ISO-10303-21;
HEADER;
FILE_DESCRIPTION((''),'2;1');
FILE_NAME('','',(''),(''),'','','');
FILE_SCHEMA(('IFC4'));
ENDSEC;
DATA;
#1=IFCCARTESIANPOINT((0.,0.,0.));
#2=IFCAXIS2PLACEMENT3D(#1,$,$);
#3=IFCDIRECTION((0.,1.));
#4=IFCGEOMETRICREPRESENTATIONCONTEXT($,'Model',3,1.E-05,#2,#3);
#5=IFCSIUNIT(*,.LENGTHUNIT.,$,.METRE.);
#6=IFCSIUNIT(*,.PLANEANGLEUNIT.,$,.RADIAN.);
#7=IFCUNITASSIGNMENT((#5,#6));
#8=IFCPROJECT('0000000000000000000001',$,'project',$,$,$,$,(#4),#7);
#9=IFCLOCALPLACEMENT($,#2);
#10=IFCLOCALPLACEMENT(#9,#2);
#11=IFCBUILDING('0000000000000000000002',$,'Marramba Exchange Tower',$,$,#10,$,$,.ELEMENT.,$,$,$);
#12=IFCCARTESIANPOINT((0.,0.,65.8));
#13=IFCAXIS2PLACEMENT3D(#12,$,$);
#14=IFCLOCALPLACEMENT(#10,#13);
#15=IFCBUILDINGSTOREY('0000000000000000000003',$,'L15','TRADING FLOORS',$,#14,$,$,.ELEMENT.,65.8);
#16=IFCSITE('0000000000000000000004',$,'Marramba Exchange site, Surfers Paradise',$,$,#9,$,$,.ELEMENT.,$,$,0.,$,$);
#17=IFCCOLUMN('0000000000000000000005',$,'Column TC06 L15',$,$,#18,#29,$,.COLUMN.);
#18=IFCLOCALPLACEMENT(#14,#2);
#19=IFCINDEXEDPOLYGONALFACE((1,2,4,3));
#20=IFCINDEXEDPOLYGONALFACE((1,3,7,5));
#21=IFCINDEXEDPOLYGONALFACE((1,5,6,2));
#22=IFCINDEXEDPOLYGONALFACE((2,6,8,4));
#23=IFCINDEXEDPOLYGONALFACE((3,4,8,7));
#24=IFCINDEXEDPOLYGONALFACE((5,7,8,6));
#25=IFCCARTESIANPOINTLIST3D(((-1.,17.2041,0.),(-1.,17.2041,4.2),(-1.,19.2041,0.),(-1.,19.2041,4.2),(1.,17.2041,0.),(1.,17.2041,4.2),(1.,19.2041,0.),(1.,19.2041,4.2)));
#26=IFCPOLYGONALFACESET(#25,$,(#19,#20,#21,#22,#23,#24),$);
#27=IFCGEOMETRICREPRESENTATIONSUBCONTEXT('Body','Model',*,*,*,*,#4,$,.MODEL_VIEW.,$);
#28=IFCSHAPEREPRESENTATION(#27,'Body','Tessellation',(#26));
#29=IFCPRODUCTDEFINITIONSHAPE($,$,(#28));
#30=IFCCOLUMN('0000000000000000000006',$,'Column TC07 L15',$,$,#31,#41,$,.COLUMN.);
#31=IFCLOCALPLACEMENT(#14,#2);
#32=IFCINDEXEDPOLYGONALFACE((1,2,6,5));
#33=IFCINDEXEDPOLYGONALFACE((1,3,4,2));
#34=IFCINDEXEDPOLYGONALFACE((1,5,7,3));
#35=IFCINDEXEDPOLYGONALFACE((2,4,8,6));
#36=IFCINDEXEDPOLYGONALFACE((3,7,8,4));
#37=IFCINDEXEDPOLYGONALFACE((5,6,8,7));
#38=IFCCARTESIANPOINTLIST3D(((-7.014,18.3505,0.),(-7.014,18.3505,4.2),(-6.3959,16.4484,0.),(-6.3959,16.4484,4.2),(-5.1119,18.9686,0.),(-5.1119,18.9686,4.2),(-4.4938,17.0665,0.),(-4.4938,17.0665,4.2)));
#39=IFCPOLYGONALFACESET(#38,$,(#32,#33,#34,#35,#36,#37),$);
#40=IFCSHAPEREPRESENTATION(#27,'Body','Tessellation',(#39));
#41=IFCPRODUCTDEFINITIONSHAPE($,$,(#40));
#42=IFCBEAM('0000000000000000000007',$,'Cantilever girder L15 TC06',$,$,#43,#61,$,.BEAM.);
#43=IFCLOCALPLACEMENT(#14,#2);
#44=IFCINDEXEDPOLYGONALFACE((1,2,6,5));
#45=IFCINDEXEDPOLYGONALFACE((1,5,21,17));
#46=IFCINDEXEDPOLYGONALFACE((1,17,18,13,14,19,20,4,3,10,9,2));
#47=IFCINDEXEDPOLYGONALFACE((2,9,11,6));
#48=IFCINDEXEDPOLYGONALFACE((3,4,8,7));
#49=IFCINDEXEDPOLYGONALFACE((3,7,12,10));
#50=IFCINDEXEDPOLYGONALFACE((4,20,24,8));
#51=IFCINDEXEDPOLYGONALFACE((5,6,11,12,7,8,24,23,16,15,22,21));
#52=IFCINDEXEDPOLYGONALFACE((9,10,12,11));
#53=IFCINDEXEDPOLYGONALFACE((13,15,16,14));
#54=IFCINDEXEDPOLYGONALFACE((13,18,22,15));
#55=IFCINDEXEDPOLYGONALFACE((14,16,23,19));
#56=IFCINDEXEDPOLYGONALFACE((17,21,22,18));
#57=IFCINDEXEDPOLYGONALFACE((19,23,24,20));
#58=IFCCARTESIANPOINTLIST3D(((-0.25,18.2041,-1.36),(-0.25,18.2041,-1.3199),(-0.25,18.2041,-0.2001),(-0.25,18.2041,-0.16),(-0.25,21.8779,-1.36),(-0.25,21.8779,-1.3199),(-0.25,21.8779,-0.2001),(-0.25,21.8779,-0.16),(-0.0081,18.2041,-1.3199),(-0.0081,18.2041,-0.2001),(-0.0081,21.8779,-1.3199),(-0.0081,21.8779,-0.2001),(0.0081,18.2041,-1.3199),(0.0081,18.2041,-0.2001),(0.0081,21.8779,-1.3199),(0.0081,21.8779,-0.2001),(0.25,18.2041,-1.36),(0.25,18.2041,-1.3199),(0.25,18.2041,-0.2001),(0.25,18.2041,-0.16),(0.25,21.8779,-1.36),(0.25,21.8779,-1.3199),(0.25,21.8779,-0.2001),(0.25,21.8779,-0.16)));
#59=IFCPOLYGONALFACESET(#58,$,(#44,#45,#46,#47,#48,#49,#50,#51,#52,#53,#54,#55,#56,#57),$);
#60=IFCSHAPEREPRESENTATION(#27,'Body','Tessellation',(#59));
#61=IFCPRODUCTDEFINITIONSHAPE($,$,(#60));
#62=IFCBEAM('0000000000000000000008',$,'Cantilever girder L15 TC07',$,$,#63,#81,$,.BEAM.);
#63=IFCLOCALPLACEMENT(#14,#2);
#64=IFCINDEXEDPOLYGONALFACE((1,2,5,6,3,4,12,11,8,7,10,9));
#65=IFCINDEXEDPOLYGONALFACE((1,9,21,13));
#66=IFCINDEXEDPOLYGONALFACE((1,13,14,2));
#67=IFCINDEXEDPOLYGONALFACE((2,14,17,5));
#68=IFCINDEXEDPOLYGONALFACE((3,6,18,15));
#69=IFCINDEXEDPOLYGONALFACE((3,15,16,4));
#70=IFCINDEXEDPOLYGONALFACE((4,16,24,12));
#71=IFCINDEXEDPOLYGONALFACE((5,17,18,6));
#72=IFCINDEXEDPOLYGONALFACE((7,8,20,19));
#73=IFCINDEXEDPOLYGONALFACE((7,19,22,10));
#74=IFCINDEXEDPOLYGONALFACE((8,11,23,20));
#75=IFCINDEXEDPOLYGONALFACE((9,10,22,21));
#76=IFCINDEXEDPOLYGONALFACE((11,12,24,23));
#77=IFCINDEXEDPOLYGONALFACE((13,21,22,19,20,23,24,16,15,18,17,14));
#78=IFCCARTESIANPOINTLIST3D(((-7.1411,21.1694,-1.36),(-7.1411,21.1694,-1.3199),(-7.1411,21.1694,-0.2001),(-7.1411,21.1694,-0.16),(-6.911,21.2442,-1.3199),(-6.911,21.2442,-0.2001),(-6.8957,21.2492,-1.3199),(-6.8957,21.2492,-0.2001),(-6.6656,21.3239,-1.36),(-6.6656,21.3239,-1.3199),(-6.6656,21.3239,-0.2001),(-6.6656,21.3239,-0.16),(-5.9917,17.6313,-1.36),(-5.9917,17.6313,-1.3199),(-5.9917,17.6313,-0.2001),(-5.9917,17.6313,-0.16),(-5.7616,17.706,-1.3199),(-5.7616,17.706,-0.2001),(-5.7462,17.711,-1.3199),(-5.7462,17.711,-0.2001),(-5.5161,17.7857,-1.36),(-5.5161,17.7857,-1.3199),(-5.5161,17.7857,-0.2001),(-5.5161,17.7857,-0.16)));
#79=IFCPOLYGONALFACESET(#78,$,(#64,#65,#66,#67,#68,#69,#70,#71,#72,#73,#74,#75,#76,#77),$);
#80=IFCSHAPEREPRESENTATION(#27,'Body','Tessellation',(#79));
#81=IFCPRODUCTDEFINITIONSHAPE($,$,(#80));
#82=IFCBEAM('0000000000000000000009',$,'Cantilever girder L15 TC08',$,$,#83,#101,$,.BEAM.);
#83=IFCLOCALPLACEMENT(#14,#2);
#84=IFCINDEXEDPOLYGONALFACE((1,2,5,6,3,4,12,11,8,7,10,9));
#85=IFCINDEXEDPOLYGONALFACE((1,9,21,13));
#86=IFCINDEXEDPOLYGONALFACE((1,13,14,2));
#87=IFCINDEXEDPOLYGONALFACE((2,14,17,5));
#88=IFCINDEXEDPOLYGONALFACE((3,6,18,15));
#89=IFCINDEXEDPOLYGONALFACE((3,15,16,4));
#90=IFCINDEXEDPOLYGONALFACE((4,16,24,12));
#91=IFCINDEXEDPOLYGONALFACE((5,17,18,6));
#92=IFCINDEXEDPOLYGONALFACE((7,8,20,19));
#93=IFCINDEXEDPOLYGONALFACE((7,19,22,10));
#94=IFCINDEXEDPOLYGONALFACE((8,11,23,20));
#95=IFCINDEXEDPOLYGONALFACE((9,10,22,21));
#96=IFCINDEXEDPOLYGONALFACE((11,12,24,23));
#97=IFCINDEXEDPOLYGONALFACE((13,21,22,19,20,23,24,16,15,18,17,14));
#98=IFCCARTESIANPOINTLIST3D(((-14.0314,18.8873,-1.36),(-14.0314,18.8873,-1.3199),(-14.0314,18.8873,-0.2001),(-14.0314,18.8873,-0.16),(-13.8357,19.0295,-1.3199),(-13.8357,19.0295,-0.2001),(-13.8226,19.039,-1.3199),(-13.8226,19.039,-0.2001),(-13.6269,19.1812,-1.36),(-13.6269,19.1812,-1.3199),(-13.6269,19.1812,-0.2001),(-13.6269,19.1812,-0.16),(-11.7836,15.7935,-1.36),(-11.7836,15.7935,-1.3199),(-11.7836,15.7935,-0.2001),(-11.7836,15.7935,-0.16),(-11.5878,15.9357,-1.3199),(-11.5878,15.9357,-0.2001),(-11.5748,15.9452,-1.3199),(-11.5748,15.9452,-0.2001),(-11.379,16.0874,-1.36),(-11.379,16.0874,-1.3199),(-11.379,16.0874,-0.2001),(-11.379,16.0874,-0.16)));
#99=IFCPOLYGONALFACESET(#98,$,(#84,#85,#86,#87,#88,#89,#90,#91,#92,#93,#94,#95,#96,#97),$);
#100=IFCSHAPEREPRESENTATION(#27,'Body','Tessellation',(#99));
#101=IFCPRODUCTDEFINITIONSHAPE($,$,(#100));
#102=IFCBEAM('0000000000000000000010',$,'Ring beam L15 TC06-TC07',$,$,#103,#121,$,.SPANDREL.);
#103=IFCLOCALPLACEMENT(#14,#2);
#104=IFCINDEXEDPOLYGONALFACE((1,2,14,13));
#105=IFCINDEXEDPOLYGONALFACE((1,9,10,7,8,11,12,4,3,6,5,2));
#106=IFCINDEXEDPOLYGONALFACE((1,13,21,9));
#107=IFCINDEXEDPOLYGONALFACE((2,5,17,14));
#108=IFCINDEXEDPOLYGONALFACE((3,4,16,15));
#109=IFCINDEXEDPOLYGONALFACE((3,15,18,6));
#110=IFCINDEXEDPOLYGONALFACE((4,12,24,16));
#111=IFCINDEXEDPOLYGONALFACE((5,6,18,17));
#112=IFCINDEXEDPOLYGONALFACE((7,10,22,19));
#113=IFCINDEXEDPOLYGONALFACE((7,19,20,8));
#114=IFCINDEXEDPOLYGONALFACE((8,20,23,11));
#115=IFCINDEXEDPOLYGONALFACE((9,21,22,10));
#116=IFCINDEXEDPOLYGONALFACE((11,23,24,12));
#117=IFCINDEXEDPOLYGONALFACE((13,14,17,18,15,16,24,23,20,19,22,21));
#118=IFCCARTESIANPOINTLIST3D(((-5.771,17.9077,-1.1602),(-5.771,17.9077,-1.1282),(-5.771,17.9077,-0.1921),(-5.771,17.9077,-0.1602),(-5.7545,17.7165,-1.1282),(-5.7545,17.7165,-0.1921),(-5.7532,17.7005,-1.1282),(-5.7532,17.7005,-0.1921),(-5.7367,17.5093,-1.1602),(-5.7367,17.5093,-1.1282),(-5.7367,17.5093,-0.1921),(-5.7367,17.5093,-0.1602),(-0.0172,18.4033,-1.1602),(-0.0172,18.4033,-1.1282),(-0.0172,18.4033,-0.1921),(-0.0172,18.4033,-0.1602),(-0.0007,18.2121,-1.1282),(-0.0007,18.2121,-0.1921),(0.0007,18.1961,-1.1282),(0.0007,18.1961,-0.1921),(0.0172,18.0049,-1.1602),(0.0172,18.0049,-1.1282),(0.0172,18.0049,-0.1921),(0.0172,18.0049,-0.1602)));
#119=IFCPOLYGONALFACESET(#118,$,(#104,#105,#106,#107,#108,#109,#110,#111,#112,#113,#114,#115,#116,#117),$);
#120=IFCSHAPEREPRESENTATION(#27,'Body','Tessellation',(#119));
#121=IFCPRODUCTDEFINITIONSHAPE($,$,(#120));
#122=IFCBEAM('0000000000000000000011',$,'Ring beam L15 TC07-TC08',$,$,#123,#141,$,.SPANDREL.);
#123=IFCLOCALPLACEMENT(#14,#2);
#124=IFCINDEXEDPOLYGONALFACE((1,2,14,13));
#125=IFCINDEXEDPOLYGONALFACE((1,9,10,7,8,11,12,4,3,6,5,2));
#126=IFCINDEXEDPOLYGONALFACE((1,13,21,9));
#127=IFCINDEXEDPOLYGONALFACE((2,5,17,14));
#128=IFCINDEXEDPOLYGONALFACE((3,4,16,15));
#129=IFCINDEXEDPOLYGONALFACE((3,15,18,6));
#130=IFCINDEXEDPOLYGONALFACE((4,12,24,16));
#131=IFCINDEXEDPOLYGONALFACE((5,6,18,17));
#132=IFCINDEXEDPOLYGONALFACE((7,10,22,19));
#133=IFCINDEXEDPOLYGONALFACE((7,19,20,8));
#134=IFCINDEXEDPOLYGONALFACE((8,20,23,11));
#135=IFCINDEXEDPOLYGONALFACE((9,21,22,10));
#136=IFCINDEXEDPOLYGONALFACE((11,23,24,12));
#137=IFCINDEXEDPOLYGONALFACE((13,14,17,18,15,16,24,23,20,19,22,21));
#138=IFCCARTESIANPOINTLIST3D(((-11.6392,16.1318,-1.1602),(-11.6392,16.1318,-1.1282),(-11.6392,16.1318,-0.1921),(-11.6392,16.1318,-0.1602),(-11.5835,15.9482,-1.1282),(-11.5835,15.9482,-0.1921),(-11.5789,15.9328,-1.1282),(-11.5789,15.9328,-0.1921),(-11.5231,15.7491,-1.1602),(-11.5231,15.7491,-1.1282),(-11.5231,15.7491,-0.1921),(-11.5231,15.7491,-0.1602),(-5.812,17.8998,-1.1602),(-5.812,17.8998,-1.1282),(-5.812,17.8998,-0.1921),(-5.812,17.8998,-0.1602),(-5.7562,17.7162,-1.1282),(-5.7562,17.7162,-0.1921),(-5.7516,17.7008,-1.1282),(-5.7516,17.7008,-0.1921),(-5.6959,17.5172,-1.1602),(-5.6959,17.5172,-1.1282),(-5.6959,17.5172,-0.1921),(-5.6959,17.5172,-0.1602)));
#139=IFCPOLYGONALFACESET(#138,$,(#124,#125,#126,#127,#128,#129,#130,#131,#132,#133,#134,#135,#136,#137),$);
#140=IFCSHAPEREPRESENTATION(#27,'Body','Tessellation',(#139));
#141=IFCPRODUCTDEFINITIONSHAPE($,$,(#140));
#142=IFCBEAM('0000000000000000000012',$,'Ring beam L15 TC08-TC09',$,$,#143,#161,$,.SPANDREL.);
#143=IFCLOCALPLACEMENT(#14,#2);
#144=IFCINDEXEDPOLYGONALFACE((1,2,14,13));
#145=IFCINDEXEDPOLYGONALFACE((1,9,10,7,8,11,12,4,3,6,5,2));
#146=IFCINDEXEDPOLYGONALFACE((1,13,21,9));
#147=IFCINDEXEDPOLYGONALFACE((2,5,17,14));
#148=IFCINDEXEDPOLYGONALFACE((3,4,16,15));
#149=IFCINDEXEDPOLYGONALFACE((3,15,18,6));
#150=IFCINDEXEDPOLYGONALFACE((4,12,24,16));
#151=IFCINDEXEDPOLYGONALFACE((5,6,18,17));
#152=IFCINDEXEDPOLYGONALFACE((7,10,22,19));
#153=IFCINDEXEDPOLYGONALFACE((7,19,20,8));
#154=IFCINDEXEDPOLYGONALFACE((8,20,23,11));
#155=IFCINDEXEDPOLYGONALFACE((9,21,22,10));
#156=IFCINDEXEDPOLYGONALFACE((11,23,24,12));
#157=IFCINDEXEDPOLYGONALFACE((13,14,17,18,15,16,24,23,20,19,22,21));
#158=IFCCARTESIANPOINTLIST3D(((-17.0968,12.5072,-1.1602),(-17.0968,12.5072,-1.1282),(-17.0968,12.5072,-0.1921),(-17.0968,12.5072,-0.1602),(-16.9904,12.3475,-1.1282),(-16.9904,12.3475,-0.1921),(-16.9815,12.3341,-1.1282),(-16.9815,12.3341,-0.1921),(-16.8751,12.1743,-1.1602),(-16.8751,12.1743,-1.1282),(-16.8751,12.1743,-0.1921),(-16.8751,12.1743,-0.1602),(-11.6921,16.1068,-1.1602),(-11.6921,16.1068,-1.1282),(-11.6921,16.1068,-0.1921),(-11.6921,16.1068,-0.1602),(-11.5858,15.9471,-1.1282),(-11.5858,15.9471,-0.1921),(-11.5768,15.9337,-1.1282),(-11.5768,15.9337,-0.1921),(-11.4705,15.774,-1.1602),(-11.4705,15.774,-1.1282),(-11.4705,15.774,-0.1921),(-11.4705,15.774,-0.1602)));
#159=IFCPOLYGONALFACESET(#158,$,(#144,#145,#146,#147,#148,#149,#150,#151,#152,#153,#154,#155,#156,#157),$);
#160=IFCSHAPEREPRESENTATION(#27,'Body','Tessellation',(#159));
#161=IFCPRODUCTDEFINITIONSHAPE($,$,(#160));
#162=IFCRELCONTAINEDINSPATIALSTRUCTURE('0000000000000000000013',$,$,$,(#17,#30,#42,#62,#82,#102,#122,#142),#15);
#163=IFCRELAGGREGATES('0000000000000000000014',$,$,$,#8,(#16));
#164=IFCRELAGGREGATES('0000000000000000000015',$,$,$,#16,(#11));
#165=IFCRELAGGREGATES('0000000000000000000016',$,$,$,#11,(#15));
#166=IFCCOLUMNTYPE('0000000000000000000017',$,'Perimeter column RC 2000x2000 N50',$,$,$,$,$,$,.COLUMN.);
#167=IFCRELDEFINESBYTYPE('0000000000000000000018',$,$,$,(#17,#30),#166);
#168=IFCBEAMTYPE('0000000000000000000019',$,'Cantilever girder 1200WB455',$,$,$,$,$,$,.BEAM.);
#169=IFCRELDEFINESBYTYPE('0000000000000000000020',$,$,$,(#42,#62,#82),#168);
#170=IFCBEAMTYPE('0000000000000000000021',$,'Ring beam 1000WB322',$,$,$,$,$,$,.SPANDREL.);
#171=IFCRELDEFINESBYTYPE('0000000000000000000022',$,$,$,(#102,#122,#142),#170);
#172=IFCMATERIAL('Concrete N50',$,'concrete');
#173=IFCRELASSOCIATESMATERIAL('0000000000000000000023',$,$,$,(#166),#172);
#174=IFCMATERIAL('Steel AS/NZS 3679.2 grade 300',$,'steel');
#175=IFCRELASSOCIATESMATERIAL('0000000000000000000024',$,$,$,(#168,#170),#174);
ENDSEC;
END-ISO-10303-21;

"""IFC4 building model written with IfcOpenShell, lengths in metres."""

from ifc_helpers import new_model, si_unit, direction, frame, origin, origin_2d, place, context, subcontext, project, spatial, rectangle, i_section, extrude, material, material_profile, profile_set, type_object, element, save


model = new_model("IFC4")

# Units and contexts
model_context = context("Model", 3, precision=1e-05, world=origin(), true_north=direction((0.0, 1.0)))
body_context = subcontext(model_context, "Body", "Model", "MODEL_VIEW")
ifc_project = project(units=[si_unit("LENGTHUNIT", "METRE"), si_unit("PLANEANGLEUNIT", "RADIAN")], contexts=[model_context])

# Site, building, storey
site_placement = place(None, origin())
site = spatial("IfcSite", under=ifc_project, at=site_placement, Name="Marramba Exchange site, Surfers Paradise", CompositionType="ELEMENT", RefElevation=0.0)
building_placement = place(site_placement, origin())
building = spatial("IfcBuilding", under=site, at=building_placement, Name="Marramba Exchange Tower", CompositionType="ELEMENT")
storey_placement = place(building_placement, frame((0.0, 0.0, 65.8)))
storey = spatial("IfcBuildingStorey", under=building, at=storey_placement, Name="L15", Description="TRADING FLOORS", CompositionType="ELEMENT", Elevation=65.8)

# Columns
ifc_material_1 = material(Name="Concrete N50", Category="concrete")
ifc_material_profile_1 = material_profile(ifc_material_1, rectangle(XDim=2.0, YDim=2.0, at=origin_2d()), Name="RC 2000x2000")
ifc_profile_set_1 = profile_set([ifc_material_profile_1], Name="Concrete N50")
column_type = type_object("IfcColumnType", Name="Perimeter column RC 2000x2000 N50", PredefinedType="COLUMN", material=ifc_profile_set_1)
for number, where, z_axis, x_axis, name in (
    (1, (0.0, 18.2041, 0.0), (0.0, 0.0, 1.0), (0.0, 1.0, 0.0), "Column TC06 L15"),
    (2, (-5.7539, 17.7085, 0.0), (0.0, 0.0, 1.0), (-0.309017, 0.951057, 0.0), "Column TC07 L15"),
):
    element("IfcColumn", number, at=place(storey_placement, frame(where, z_axis=z_axis, x_axis=x_axis)), inside=storey, type_object=column_type, Name=name, PredefinedType="COLUMN", context=body_context, shape_type="SweptSolid", body=[
        extrude(rectangle(XDim=2.0, YDim=2.0, at=origin_2d()), origin(), (0.0, 0.0, 1.0), 4.2),
    ])

# Beams
ifc_material_2 = material(Name="Steel AS/NZS 3679.2 grade 300", Category="steel")
ifc_material_profile_2 = material_profile(ifc_material_2, i_section(OverallWidth=0.5, OverallDepth=1.2, WebThickness=0.0161, FlangeThickness=0.04, at=origin_2d()), Name="1200WB455")
ifc_profile_set_2 = profile_set([ifc_material_profile_2], Name="Steel AS/NZS 3679.2 grade 300")
beam_type_1 = type_object("IfcBeamType", Name="Cantilever girder 1200WB455", PredefinedType="BEAM", material=ifc_profile_set_2)
beam_1_placement = place(storey_placement, frame((0.0, 18.2041, -0.76), z_axis=(0.0, 1.0, 0.0), x_axis=(-1.0, 0.0, 0.0)))
element("IfcBeam", 3, at=beam_1_placement, inside=storey, type_object=beam_type_1, Name="Cantilever girder L15 TC06", PredefinedType="BEAM", context=body_context, shape_type="SweptSolid", body=[
    extrude(i_section(OverallWidth=0.5, OverallDepth=1.2, WebThickness=0.0161, FlangeThickness=0.04, at=origin_2d()), origin(), (0.0, 0.0, 1.0), 3.6738),
])
beam_2_placement = place(storey_placement, frame((-5.7539, 17.7085, -0.76), z_axis=(-0.308973, 0.951071, 0.0), x_axis=(-0.951071, -0.308973, 0.0)))
element("IfcBeam", 4, at=beam_2_placement, inside=storey, type_object=beam_type_1, Name="Cantilever girder L15 TC07", PredefinedType="BEAM", context=body_context, shape_type="SweptSolid", body=[
    extrude(i_section(OverallWidth=0.5, OverallDepth=1.2, WebThickness=0.0161, FlangeThickness=0.04, at=origin_2d()), origin(), (0.0, 0.0, 1.0), 3.7202),
])
beam_3_placement = place(storey_placement, frame((-11.5813, 15.9404, -0.76), z_axis=(-0.587796, 0.809009, 0.0), x_axis=(-0.809009, -0.587796, 0.0)))
element("IfcBeam", 5, at=beam_3_placement, inside=storey, type_object=beam_type_1, Name="Cantilever girder L15 TC08", PredefinedType="BEAM", context=body_context, shape_type="SweptSolid", body=[
    extrude(i_section(OverallWidth=0.5, OverallDepth=1.2, WebThickness=0.0161, FlangeThickness=0.04, at=origin_2d()), origin(), (0.0, 0.0, 1.0), 3.8242),
])
ifc_material_profile_3 = material_profile(ifc_material_2, i_section(OverallWidth=0.3999, OverallDepth=1.0, WebThickness=0.0161, FlangeThickness=0.032, at=origin_2d()), Name="1000WB322")
ifc_profile_set_3 = profile_set([ifc_material_profile_3], Name="Steel AS/NZS 3679.2 grade 300")
beam_type_2 = type_object("IfcBeamType", Name="Ring beam 1000WB322", PredefinedType="SPANDREL", material=ifc_profile_set_3)
beam_4_placement = place(storey_placement, frame((0.0, 18.2041, -0.6602), z_axis=(-0.996311, -0.085816, 0.0), x_axis=(0.085816, -0.996311, 0.0)))
element("IfcBeam", 6, at=beam_4_placement, inside=storey, type_object=beam_type_2, Name="Ring beam L15 TC06-TC07", PredefinedType="SPANDREL", context=body_context, shape_type="SweptSolid", body=[
    extrude(i_section(OverallWidth=0.3999, OverallDepth=1.0, WebThickness=0.0161, FlangeThickness=0.032, at=origin_2d()), origin(), (0.0, 0.0, 1.0), 5.7751),
])
beam_5_placement = place(storey_placement, frame((-5.7539, 17.7085, -0.6602), z_axis=(-0.956925, -0.290337, 0.0), x_axis=(0.290337, -0.956925, 0.0)))
element("IfcBeam", 7, at=beam_5_placement, inside=storey, type_object=beam_type_2, Name="Ring beam L15 TC07-TC08", PredefinedType="SPANDREL", context=body_context, shape_type="SweptSolid", body=[
    extrude(i_section(OverallWidth=0.3999, OverallDepth=1.0, WebThickness=0.0161, FlangeThickness=0.032, at=origin_2d()), origin(), (0.0, 0.0, 1.0), 6.0896),
])
beam_6_placement = place(storey_placement, frame((-11.5813, 15.9404, -0.6602), z_axis=(-0.832293, -0.554336, 0.0), x_axis=(0.554336, -0.832293, 0.0)))
element("IfcBeam", 8, at=beam_6_placement, inside=storey, type_object=beam_type_2, Name="Ring beam L15 TC08-TC09", PredefinedType="SPANDREL", context=body_context, shape_type="SweptSolid", body=[
    extrude(i_section(OverallWidth=0.3999, OverallDepth=1.0, WebThickness=0.0161, FlangeThickness=0.032, at=origin_2d()), origin(), (0.0, 0.0, 1.0), 6.4937),
])

save(model, "model.ifc")
